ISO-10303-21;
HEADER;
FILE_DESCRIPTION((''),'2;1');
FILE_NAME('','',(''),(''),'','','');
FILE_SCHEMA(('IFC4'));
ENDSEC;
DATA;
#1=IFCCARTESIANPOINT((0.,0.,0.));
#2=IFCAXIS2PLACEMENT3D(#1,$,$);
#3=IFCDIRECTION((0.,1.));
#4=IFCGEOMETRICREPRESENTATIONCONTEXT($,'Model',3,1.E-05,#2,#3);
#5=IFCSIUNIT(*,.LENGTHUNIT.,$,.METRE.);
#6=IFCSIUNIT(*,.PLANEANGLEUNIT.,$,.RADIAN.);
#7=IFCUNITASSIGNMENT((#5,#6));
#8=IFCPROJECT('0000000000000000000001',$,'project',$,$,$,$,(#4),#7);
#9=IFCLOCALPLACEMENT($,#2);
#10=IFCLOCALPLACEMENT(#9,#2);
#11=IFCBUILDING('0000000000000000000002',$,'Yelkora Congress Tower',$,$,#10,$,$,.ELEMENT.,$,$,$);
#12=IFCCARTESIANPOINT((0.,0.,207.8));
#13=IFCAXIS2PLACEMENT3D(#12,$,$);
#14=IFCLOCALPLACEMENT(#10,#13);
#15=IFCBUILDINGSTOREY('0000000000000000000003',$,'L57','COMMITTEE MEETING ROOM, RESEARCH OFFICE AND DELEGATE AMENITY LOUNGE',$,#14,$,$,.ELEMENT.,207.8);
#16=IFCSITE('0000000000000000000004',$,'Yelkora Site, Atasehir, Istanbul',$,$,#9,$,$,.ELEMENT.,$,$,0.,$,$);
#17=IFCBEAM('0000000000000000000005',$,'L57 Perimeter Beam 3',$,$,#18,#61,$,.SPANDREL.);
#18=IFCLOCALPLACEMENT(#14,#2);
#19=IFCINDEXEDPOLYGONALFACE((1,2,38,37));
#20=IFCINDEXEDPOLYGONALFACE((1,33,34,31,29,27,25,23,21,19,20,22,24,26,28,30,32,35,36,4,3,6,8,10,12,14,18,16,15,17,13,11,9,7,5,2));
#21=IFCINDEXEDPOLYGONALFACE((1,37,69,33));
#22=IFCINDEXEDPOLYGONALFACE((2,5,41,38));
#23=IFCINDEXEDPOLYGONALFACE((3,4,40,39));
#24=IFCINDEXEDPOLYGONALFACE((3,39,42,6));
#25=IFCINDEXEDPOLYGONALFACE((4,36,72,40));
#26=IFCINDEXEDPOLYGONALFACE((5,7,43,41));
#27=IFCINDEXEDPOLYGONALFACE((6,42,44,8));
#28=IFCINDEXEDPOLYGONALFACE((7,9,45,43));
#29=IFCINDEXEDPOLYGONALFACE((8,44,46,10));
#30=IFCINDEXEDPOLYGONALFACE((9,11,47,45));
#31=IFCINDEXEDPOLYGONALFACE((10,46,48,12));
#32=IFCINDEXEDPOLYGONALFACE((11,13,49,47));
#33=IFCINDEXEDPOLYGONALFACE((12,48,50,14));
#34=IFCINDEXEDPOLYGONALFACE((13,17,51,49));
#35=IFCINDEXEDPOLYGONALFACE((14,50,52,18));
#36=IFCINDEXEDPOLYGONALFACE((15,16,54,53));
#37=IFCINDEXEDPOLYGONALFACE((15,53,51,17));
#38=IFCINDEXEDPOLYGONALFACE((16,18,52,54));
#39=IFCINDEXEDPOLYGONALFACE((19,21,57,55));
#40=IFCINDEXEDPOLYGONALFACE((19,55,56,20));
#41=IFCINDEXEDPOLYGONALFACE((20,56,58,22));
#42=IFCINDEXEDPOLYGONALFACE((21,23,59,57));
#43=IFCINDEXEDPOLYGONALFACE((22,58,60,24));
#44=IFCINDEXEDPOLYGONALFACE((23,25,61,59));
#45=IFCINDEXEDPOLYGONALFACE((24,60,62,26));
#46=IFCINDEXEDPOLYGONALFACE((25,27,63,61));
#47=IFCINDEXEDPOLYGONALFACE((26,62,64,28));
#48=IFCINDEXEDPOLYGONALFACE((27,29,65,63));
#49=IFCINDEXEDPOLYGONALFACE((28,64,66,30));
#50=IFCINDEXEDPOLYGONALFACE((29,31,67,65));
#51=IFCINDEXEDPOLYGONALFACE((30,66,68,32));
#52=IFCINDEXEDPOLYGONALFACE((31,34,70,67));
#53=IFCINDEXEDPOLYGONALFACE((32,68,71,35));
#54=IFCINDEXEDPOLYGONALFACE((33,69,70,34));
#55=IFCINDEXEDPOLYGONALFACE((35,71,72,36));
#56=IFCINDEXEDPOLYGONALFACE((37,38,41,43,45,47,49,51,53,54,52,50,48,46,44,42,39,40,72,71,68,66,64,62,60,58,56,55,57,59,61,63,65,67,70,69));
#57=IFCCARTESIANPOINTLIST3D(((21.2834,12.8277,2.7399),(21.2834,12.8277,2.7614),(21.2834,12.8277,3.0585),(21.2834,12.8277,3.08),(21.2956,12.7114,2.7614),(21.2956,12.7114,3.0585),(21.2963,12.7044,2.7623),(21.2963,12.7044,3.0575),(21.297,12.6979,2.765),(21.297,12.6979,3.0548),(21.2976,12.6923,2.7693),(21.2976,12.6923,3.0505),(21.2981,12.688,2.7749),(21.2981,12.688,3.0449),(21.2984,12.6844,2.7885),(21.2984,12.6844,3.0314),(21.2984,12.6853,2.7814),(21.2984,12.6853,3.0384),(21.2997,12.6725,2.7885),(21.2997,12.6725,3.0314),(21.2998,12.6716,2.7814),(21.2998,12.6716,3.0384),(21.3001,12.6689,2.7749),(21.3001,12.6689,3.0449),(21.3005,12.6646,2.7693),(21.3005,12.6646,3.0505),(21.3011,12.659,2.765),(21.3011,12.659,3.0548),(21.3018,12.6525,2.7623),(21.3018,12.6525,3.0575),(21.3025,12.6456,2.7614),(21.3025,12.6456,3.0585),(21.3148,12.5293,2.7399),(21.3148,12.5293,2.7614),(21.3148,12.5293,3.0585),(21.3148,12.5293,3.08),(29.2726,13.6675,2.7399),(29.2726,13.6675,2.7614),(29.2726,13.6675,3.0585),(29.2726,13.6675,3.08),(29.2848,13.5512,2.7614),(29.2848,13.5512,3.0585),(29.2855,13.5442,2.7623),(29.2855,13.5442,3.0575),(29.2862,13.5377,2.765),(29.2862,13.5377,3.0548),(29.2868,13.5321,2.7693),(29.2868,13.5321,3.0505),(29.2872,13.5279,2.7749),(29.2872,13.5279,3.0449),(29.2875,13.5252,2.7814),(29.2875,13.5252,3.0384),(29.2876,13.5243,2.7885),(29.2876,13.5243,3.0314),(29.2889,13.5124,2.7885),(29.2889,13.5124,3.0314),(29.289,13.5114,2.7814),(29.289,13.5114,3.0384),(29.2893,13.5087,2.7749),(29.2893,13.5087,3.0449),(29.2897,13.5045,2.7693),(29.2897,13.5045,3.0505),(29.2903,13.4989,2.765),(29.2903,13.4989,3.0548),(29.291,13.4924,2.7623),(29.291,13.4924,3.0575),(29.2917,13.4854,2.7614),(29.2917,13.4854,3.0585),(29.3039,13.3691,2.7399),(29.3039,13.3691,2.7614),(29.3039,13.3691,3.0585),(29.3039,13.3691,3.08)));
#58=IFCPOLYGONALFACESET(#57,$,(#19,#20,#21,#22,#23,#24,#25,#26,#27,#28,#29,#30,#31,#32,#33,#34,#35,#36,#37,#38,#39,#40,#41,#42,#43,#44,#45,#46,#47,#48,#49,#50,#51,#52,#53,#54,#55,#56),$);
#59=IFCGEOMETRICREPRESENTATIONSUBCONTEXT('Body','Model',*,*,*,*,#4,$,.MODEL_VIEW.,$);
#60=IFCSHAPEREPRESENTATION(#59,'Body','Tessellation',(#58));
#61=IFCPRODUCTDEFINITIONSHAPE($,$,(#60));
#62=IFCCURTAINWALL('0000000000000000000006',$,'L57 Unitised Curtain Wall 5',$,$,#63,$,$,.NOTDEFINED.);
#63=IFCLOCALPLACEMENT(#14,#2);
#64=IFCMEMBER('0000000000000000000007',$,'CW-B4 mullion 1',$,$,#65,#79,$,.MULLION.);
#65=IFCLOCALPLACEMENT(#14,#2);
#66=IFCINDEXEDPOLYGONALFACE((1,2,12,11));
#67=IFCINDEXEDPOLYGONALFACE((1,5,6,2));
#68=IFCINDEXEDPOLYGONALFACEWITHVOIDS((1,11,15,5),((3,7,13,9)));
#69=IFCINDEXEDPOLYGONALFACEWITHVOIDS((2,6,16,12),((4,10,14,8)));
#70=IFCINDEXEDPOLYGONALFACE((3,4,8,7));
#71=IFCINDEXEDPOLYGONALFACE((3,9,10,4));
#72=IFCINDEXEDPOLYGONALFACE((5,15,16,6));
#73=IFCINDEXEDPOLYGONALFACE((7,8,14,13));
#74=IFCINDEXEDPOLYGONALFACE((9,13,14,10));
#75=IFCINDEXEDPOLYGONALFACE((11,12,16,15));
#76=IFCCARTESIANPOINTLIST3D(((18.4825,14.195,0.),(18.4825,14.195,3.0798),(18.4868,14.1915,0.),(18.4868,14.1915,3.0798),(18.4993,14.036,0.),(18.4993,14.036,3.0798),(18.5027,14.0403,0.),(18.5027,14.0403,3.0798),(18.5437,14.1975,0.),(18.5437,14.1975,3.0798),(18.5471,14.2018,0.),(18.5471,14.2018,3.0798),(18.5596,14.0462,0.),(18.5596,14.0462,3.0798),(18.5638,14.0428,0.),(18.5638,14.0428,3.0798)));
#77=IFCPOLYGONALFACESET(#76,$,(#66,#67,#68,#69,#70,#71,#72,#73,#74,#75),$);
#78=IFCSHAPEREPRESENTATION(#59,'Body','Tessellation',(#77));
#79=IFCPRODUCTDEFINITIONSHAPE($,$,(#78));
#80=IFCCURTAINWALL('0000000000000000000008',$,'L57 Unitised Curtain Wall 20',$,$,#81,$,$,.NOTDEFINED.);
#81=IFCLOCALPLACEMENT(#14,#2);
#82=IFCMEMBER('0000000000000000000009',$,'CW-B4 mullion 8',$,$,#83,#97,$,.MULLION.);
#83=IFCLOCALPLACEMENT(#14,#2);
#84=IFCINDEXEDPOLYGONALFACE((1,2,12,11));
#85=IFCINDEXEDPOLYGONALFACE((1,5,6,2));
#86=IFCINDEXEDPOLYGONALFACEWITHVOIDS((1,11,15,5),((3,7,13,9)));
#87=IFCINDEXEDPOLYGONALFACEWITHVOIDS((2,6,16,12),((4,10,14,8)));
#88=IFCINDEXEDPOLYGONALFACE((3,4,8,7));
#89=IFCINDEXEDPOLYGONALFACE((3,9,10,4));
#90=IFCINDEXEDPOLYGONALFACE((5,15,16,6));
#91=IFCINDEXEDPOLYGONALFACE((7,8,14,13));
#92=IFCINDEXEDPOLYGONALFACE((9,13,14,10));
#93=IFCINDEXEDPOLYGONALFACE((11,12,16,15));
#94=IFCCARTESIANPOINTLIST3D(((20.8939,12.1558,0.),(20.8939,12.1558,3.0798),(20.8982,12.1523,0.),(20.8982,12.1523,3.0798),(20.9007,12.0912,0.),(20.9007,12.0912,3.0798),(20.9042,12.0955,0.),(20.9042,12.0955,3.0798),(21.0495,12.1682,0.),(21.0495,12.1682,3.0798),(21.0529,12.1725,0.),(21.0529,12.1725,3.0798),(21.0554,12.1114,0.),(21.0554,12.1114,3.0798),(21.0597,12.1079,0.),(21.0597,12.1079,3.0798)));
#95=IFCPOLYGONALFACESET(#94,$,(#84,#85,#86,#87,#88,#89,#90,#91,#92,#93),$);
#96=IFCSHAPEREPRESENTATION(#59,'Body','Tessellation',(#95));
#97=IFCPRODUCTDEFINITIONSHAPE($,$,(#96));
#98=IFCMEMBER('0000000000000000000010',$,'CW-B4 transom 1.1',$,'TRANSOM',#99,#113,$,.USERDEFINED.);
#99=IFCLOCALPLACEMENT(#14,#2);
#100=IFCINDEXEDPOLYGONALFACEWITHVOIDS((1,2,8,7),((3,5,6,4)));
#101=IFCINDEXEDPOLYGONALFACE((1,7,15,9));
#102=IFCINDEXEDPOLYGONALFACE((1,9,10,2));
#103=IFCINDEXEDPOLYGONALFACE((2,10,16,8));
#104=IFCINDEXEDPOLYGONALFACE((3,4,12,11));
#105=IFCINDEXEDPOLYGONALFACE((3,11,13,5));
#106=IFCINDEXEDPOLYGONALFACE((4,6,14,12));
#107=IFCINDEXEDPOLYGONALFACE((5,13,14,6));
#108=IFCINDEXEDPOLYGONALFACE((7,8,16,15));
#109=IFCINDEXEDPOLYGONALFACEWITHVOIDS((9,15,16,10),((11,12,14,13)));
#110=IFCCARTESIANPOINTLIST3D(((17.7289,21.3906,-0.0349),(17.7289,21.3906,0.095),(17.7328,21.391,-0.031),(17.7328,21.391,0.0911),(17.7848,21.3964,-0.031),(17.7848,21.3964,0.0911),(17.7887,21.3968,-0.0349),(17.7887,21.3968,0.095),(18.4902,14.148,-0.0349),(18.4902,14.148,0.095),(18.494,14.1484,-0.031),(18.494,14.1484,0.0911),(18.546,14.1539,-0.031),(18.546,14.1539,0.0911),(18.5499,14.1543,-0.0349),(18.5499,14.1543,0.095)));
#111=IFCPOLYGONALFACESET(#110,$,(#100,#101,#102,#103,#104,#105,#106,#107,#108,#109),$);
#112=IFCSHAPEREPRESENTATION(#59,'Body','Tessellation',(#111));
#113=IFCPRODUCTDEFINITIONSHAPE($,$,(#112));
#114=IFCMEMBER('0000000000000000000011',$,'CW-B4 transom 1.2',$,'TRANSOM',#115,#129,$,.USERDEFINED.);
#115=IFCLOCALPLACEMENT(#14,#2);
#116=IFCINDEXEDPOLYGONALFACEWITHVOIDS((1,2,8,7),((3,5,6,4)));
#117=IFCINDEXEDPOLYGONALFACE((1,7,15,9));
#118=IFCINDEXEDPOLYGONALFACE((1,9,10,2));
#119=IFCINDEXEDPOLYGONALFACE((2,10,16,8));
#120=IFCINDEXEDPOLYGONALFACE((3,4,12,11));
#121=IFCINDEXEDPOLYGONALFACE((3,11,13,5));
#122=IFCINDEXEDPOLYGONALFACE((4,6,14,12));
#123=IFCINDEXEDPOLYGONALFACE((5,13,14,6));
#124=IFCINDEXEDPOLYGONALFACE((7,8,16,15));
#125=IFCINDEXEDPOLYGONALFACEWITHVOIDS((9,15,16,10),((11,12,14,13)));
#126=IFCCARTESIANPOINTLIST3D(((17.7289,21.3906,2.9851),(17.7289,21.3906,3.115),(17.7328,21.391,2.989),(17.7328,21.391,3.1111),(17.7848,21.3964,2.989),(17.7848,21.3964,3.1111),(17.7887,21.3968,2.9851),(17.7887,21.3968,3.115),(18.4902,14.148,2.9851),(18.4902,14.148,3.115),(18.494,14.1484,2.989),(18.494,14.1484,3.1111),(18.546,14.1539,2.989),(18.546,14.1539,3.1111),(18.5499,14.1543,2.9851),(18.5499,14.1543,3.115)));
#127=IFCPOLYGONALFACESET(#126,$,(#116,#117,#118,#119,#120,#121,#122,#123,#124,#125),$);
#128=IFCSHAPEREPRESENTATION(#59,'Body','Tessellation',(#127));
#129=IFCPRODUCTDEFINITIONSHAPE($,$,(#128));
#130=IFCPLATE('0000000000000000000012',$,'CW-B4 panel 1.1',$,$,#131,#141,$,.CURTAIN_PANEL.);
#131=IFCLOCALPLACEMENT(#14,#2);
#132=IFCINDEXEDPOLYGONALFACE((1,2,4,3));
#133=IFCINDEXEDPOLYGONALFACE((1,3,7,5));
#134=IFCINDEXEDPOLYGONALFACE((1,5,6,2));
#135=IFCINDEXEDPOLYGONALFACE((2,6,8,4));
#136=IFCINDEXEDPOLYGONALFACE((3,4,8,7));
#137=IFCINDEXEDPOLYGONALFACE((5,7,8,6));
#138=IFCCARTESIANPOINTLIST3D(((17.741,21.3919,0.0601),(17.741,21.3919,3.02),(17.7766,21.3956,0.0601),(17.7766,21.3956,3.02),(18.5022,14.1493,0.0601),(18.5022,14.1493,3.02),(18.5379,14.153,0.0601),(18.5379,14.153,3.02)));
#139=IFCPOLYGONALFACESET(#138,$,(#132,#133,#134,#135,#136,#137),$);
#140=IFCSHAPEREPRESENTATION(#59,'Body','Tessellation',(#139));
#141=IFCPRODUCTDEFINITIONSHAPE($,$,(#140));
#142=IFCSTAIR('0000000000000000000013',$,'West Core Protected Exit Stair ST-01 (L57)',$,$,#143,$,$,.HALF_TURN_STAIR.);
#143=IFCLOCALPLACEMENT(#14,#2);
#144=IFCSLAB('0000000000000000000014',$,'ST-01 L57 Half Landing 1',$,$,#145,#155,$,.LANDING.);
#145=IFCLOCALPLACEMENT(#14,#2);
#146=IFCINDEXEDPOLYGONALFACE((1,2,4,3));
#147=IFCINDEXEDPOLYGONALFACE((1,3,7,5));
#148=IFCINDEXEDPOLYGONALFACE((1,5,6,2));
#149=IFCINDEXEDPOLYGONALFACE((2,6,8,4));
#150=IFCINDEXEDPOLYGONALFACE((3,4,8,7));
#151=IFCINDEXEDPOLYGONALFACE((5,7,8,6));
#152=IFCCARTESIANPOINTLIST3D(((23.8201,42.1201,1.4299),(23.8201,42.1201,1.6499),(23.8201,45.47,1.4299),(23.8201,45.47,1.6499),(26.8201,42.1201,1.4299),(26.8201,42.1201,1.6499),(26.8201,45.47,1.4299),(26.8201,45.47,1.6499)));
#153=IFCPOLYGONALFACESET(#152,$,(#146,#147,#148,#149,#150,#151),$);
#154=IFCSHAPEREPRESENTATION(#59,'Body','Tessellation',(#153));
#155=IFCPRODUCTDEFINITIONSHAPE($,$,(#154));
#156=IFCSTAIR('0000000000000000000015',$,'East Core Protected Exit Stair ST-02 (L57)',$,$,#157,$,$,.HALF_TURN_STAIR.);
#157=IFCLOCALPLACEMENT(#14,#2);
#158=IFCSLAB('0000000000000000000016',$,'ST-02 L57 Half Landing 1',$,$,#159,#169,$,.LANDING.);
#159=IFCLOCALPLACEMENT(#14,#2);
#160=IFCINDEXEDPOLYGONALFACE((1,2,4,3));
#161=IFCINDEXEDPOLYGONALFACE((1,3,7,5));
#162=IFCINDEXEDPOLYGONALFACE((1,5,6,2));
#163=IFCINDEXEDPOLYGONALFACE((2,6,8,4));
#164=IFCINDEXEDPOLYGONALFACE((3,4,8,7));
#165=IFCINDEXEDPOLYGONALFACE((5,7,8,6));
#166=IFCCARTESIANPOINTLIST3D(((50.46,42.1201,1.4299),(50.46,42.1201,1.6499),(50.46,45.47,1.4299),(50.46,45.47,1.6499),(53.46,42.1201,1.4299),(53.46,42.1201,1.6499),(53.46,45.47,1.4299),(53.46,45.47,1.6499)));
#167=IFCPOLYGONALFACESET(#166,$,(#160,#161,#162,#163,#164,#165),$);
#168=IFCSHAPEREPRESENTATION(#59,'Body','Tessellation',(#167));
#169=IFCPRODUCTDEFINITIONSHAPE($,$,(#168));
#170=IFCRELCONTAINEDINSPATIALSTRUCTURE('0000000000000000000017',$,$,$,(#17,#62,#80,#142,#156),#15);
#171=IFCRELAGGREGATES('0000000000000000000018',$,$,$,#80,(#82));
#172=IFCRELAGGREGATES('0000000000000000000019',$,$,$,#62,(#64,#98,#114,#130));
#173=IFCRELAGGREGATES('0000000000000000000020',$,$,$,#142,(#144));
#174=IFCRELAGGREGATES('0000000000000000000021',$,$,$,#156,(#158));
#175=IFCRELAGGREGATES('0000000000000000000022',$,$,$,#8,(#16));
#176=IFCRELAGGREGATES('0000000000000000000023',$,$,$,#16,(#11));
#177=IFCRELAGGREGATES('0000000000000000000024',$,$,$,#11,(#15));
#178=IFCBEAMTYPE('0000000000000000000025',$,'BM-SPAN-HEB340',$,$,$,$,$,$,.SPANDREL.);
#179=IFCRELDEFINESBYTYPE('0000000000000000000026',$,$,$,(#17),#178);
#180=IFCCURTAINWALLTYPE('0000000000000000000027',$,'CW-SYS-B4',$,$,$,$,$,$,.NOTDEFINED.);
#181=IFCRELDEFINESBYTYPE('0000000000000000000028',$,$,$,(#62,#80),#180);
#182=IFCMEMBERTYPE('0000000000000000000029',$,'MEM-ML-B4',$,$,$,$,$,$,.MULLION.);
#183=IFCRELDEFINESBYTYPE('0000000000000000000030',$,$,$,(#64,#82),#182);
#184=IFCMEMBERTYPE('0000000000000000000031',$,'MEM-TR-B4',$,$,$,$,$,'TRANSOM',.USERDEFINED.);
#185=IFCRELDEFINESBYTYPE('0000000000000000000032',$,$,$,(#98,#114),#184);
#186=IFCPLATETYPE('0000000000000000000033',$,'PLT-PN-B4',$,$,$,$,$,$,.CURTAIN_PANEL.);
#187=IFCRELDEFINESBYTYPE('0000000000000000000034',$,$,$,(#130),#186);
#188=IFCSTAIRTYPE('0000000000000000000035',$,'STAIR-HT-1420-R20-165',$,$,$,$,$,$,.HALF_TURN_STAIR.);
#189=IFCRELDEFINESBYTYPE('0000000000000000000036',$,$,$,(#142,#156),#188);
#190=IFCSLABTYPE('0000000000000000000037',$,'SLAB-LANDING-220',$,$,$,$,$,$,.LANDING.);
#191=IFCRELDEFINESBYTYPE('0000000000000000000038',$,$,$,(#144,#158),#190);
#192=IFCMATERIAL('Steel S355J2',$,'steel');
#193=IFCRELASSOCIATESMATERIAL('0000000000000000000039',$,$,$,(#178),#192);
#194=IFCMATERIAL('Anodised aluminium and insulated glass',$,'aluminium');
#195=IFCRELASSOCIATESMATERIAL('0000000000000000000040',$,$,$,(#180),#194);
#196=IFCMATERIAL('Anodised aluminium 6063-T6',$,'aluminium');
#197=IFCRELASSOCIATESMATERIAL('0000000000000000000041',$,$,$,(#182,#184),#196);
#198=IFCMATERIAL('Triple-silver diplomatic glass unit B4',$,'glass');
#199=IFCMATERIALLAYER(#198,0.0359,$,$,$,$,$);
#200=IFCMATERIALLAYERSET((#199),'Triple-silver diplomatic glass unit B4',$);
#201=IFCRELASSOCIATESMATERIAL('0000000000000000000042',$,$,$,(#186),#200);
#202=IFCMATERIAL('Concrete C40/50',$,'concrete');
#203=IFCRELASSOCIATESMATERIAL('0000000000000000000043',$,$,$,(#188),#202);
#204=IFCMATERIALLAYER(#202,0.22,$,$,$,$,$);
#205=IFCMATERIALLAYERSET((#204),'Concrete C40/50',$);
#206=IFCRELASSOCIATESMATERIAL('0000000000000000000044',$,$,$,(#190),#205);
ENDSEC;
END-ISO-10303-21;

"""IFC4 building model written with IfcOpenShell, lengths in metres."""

from ifc_helpers import new_model, si_unit, direction, frame, origin, origin_2d, place, context, subcontext, project, spatial, polyline, rectangle, hollow_rectangle, i_section, outline, extrude, material, layer, layer_set, material_profile, profile_set, type_object, element, aggregate, save


model = new_model("IFC4")

# Units and contexts
model_context = context("Model", 3, precision=1e-05, world=origin(), true_north=direction((0.0, 1.0)))
body_context = subcontext(model_context, "Body", "Model", "MODEL_VIEW")
ifc_project = project(units=[si_unit("LENGTHUNIT", "METRE"), si_unit("PLANEANGLEUNIT", "RADIAN")], contexts=[model_context])

# Site, building, storey
site_placement = place(None, origin())
site = spatial("IfcSite", under=ifc_project, at=site_placement, Name="Yelkora Site, Atasehir, Istanbul", CompositionType="ELEMENT", RefElevation=0.0)
building_placement = place(site_placement, origin())
building = spatial("IfcBuilding", under=site, at=building_placement, Name="Yelkora Congress Tower", CompositionType="ELEMENT")
storey_placement = place(building_placement, frame((0.0, 0.0, 207.8)))
storey = spatial("IfcBuildingStorey", under=building, at=storey_placement, Name="L57", Description="COMMITTEE MEETING ROOM, RESEARCH OFFICE AND DELEGATE AMENITY LOUNGE", CompositionType="ELEMENT", Elevation=207.8)

# Shared definitions
ifc_material_1 = material(Name="Steel S355J2", Category="steel")

# Beam
ifc_material_profile_1 = material_profile(ifc_material_1, i_section(OverallWidth=0.3, OverallDepth=0.3401, WebThickness=0.012, FlangeThickness=0.0215, FilletRadius=0.0271, at=origin_2d()), Name="HEB 340")
ifc_profile_set_1 = profile_set([ifc_material_profile_1], Name="Steel S355J2")
beam_type_1 = type_object("IfcBeamType", Name="BM-SPAN-HEB340", PredefinedType="SPANDREL", material=ifc_profile_set_1)
beam_1_placement = place(storey_placement, frame((21.2991, 12.6785, 2.9099), z_axis=(0.99452, 0.104546, 0.0), x_axis=(-0.104546, 0.99452, 0.0)))
element("IfcBeam", 1, at=beam_1_placement, inside=storey, type_object=beam_type_1, Name="L57 Perimeter Beam 3", PredefinedType="SPANDREL", context=body_context, shape_type="SweptSolid", body=[
    extrude(i_section(OverallWidth=0.3, OverallDepth=0.3401, WebThickness=0.012, FlangeThickness=0.0215, FilletRadius=0.0271, at=origin_2d()), origin(), (0.0, 0.0, 1.0), 8.0332),
])

# Curtain walls, members
ifc_material_2 = material(Name="Anodised aluminium and insulated glass", Category="aluminium")
curtain_wall_type = type_object("IfcCurtainWallType", Name="CW-SYS-B4", PredefinedType="NOTDEFINED", material=ifc_material_2)
curtain_wall_1_placement = place(storey_placement, origin())
curtain_wall_1 = element("IfcCurtainWall", 2, at=curtain_wall_1_placement, inside=storey, type_object=curtain_wall_type, Name="L57 Unitised Curtain Wall 5", PredefinedType="NOTDEFINED")
ifc_material_3 = material(Name="Anodised aluminium 6063-T6", Category="aluminium")
ifc_material_profile_2 = material_profile(ifc_material_3, hollow_rectangle(XDim=0.0649, YDim=0.1599, WallThickness=0.0039, at=origin_2d()), Name="ALU 65x160x4")
ifc_profile_set_2 = profile_set([ifc_material_profile_2], Name="Anodised aluminium 6063-T6")
member_type_1 = type_object("IfcMemberType", Name="MEM-ML-B4", PredefinedType="MULLION", material=ifc_profile_set_2)
member_1_placement = place(storey_placement, frame((18.5232, 14.1189, 0.0), z_axis=(0.0, 0.0, 1.0), x_axis=(-0.994522, -0.104526, 0.0)))
member_1 = element("IfcMember", 3, at=member_1_placement, type_object=member_type_1, Name="CW-B4 mullion 1", PredefinedType="MULLION", context=body_context, shape_type="SweptSolid", body=[
    extrude(hollow_rectangle(XDim=0.0649, YDim=0.1599, WallThickness=0.0039, at=origin_2d()), origin(), (0.0, 0.0, 1.0), 3.0798),
])
curtain_wall_2_placement = place(storey_placement, origin())
curtain_wall_2 = element("IfcCurtainWall", 4, at=curtain_wall_2_placement, inside=storey, type_object=curtain_wall_type, Name="L57 Unitised Curtain Wall 20", PredefinedType="NOTDEFINED")
member_2_placement = place(storey_placement, frame((20.9768, 12.1318, 0.0), z_axis=(0.0, 0.0, 1.0), x_axis=(0.104527, -0.994522, 0.0)))
member_2 = element("IfcMember", 5, at=member_2_placement, type_object=member_type_1, Name="CW-B4 mullion 8", PredefinedType="MULLION", context=body_context, shape_type="SweptSolid", body=[
    extrude(hollow_rectangle(XDim=0.0649, YDim=0.1599, WallThickness=0.0039, at=origin_2d()), origin(), (0.0, 0.0, 1.0), 3.0798),
])
aggregate(curtain_wall_2, [member_2])

# Members
ifc_material_profile_3 = material_profile(ifc_material_3, hollow_rectangle(XDim=0.0601, YDim=0.1299, WallThickness=0.0039, at=origin_2d()), Name="ALU 60x130x4")
ifc_profile_set_3 = profile_set([ifc_material_profile_3], Name="Anodised aluminium 6063-T6")
member_type_2 = type_object("IfcMemberType", Name="MEM-TR-B4", ElementType="TRANSOM", PredefinedType="USERDEFINED", material=ifc_profile_set_3)
member_3_placement = place(storey_placement, frame((18.52, 14.1511, 0.03), z_axis=(-0.104528, 0.994522, 0.0), x_axis=(-0.994522, -0.104528, 0.0)))
member_3 = element("IfcMember", 6, at=member_3_placement, type_object=member_type_2, Name="CW-B4 transom 1.1", ObjectType="TRANSOM", PredefinedType="USERDEFINED", context=body_context, shape_type="SweptSolid", body=[
    extrude(hollow_rectangle(XDim=0.0601, YDim=0.1299, WallThickness=0.0039, at=origin_2d()), origin(), (0.0, 0.0, 1.0), 7.2825),
])
member_4_placement = place(storey_placement, frame((18.52, 14.1511, 3.05), z_axis=(-0.104528, 0.994522, 0.0), x_axis=(-0.994522, -0.104528, 0.0)))
member_4 = element("IfcMember", 7, at=member_4_placement, type_object=member_type_2, Name="CW-B4 transom 1.2", ObjectType="TRANSOM", PredefinedType="USERDEFINED", context=body_context, shape_type="SweptSolid", body=[
    extrude(hollow_rectangle(XDim=0.0601, YDim=0.1299, WallThickness=0.0039, at=origin_2d()), origin(), (0.0, 0.0, 1.0), 7.2825),
])

# Plate
ifc_material_4 = material(Name="Triple-silver diplomatic glass unit B4", Category="glass")
ifc_layer_1 = layer(ifc_material_4, 0.0359)
ifc_layer_set_1 = layer_set([ifc_layer_1], Name="Triple-silver diplomatic glass unit B4")
plate_type = type_object("IfcPlateType", Name="PLT-PN-B4", PredefinedType="CURTAIN_PANEL", material=ifc_layer_set_1)
plate_placement = place(storey_placement, frame((18.1394, 17.7725, 0.0601), z_axis=(0.0, 0.0, 1.0), x_axis=(-0.104526, 0.994522, 0.0)))
plate = element("IfcPlate", 8, at=plate_placement, type_object=plate_type, Name="CW-B4 panel 1.1", PredefinedType="CURTAIN_PANEL", context=body_context, shape_type="SweptSolid", body=[
    extrude(rectangle(XDim=7.2825, YDim=0.0359, at=origin_2d()), origin(), (0.0, 0.0, 1.0), 2.96),
])
aggregate(curtain_wall_1, [member_1, member_3, member_4, plate])

# Stairs, slabs
ifc_material_5 = material(Name="Concrete C40/50", Category="concrete")
stair_type = type_object("IfcStairType", Name="STAIR-HT-1420-R20-165", PredefinedType="HALF_TURN_STAIR", material=ifc_material_5)
stair_1_placement = place(storey_placement, origin())
stair_1 = element("IfcStair", 9, at=stair_1_placement, inside=storey, type_object=stair_type, Name="West Core Protected Exit Stair ST-01 (L57)", PredefinedType="HALF_TURN_STAIR")
ifc_layer_2 = layer(ifc_material_5, 0.22)
ifc_layer_set_2 = layer_set([ifc_layer_2], Name="Concrete C40/50")
slab_type_1 = type_object("IfcSlabType", Name="SLAB-LANDING-220", PredefinedType="LANDING", material=ifc_layer_set_2)
slab_1_placement = place(storey_placement, frame((0.0, 0.0, 1.4299)))
slab_1 = element("IfcSlab", 10, at=slab_1_placement, type_object=slab_type_1, Name="ST-01 L57 Half Landing 1", PredefinedType="LANDING", context=body_context, shape_type="SweptSolid", body=[
    extrude(outline(polyline([(26.8201, 42.1201), (26.8201, 45.47), (23.8201, 45.47), (23.8201, 42.1201), (26.8201, 42.1201)])), origin(), (0.0, 0.0, 1.0), 0.22),
])
aggregate(stair_1, [slab_1])
stair_2_placement = place(storey_placement, origin())
stair_2 = element("IfcStair", 11, at=stair_2_placement, inside=storey, type_object=stair_type, Name="East Core Protected Exit Stair ST-02 (L57)", PredefinedType="HALF_TURN_STAIR")
slab_2_placement = place(storey_placement, frame((0.0, 0.0, 1.4299)))
slab_2 = element("IfcSlab", 12, at=slab_2_placement, type_object=slab_type_1, Name="ST-02 L57 Half Landing 1", PredefinedType="LANDING", context=body_context, shape_type="SweptSolid", body=[
    extrude(outline(polyline([(53.46, 42.1201), (53.46, 45.47), (50.46, 45.47), (50.46, 42.1201), (53.46, 42.1201)])), origin(), (0.0, 0.0, 1.0), 0.22),
])
aggregate(stair_2, [slab_2])

save(model, "model.ifc")
